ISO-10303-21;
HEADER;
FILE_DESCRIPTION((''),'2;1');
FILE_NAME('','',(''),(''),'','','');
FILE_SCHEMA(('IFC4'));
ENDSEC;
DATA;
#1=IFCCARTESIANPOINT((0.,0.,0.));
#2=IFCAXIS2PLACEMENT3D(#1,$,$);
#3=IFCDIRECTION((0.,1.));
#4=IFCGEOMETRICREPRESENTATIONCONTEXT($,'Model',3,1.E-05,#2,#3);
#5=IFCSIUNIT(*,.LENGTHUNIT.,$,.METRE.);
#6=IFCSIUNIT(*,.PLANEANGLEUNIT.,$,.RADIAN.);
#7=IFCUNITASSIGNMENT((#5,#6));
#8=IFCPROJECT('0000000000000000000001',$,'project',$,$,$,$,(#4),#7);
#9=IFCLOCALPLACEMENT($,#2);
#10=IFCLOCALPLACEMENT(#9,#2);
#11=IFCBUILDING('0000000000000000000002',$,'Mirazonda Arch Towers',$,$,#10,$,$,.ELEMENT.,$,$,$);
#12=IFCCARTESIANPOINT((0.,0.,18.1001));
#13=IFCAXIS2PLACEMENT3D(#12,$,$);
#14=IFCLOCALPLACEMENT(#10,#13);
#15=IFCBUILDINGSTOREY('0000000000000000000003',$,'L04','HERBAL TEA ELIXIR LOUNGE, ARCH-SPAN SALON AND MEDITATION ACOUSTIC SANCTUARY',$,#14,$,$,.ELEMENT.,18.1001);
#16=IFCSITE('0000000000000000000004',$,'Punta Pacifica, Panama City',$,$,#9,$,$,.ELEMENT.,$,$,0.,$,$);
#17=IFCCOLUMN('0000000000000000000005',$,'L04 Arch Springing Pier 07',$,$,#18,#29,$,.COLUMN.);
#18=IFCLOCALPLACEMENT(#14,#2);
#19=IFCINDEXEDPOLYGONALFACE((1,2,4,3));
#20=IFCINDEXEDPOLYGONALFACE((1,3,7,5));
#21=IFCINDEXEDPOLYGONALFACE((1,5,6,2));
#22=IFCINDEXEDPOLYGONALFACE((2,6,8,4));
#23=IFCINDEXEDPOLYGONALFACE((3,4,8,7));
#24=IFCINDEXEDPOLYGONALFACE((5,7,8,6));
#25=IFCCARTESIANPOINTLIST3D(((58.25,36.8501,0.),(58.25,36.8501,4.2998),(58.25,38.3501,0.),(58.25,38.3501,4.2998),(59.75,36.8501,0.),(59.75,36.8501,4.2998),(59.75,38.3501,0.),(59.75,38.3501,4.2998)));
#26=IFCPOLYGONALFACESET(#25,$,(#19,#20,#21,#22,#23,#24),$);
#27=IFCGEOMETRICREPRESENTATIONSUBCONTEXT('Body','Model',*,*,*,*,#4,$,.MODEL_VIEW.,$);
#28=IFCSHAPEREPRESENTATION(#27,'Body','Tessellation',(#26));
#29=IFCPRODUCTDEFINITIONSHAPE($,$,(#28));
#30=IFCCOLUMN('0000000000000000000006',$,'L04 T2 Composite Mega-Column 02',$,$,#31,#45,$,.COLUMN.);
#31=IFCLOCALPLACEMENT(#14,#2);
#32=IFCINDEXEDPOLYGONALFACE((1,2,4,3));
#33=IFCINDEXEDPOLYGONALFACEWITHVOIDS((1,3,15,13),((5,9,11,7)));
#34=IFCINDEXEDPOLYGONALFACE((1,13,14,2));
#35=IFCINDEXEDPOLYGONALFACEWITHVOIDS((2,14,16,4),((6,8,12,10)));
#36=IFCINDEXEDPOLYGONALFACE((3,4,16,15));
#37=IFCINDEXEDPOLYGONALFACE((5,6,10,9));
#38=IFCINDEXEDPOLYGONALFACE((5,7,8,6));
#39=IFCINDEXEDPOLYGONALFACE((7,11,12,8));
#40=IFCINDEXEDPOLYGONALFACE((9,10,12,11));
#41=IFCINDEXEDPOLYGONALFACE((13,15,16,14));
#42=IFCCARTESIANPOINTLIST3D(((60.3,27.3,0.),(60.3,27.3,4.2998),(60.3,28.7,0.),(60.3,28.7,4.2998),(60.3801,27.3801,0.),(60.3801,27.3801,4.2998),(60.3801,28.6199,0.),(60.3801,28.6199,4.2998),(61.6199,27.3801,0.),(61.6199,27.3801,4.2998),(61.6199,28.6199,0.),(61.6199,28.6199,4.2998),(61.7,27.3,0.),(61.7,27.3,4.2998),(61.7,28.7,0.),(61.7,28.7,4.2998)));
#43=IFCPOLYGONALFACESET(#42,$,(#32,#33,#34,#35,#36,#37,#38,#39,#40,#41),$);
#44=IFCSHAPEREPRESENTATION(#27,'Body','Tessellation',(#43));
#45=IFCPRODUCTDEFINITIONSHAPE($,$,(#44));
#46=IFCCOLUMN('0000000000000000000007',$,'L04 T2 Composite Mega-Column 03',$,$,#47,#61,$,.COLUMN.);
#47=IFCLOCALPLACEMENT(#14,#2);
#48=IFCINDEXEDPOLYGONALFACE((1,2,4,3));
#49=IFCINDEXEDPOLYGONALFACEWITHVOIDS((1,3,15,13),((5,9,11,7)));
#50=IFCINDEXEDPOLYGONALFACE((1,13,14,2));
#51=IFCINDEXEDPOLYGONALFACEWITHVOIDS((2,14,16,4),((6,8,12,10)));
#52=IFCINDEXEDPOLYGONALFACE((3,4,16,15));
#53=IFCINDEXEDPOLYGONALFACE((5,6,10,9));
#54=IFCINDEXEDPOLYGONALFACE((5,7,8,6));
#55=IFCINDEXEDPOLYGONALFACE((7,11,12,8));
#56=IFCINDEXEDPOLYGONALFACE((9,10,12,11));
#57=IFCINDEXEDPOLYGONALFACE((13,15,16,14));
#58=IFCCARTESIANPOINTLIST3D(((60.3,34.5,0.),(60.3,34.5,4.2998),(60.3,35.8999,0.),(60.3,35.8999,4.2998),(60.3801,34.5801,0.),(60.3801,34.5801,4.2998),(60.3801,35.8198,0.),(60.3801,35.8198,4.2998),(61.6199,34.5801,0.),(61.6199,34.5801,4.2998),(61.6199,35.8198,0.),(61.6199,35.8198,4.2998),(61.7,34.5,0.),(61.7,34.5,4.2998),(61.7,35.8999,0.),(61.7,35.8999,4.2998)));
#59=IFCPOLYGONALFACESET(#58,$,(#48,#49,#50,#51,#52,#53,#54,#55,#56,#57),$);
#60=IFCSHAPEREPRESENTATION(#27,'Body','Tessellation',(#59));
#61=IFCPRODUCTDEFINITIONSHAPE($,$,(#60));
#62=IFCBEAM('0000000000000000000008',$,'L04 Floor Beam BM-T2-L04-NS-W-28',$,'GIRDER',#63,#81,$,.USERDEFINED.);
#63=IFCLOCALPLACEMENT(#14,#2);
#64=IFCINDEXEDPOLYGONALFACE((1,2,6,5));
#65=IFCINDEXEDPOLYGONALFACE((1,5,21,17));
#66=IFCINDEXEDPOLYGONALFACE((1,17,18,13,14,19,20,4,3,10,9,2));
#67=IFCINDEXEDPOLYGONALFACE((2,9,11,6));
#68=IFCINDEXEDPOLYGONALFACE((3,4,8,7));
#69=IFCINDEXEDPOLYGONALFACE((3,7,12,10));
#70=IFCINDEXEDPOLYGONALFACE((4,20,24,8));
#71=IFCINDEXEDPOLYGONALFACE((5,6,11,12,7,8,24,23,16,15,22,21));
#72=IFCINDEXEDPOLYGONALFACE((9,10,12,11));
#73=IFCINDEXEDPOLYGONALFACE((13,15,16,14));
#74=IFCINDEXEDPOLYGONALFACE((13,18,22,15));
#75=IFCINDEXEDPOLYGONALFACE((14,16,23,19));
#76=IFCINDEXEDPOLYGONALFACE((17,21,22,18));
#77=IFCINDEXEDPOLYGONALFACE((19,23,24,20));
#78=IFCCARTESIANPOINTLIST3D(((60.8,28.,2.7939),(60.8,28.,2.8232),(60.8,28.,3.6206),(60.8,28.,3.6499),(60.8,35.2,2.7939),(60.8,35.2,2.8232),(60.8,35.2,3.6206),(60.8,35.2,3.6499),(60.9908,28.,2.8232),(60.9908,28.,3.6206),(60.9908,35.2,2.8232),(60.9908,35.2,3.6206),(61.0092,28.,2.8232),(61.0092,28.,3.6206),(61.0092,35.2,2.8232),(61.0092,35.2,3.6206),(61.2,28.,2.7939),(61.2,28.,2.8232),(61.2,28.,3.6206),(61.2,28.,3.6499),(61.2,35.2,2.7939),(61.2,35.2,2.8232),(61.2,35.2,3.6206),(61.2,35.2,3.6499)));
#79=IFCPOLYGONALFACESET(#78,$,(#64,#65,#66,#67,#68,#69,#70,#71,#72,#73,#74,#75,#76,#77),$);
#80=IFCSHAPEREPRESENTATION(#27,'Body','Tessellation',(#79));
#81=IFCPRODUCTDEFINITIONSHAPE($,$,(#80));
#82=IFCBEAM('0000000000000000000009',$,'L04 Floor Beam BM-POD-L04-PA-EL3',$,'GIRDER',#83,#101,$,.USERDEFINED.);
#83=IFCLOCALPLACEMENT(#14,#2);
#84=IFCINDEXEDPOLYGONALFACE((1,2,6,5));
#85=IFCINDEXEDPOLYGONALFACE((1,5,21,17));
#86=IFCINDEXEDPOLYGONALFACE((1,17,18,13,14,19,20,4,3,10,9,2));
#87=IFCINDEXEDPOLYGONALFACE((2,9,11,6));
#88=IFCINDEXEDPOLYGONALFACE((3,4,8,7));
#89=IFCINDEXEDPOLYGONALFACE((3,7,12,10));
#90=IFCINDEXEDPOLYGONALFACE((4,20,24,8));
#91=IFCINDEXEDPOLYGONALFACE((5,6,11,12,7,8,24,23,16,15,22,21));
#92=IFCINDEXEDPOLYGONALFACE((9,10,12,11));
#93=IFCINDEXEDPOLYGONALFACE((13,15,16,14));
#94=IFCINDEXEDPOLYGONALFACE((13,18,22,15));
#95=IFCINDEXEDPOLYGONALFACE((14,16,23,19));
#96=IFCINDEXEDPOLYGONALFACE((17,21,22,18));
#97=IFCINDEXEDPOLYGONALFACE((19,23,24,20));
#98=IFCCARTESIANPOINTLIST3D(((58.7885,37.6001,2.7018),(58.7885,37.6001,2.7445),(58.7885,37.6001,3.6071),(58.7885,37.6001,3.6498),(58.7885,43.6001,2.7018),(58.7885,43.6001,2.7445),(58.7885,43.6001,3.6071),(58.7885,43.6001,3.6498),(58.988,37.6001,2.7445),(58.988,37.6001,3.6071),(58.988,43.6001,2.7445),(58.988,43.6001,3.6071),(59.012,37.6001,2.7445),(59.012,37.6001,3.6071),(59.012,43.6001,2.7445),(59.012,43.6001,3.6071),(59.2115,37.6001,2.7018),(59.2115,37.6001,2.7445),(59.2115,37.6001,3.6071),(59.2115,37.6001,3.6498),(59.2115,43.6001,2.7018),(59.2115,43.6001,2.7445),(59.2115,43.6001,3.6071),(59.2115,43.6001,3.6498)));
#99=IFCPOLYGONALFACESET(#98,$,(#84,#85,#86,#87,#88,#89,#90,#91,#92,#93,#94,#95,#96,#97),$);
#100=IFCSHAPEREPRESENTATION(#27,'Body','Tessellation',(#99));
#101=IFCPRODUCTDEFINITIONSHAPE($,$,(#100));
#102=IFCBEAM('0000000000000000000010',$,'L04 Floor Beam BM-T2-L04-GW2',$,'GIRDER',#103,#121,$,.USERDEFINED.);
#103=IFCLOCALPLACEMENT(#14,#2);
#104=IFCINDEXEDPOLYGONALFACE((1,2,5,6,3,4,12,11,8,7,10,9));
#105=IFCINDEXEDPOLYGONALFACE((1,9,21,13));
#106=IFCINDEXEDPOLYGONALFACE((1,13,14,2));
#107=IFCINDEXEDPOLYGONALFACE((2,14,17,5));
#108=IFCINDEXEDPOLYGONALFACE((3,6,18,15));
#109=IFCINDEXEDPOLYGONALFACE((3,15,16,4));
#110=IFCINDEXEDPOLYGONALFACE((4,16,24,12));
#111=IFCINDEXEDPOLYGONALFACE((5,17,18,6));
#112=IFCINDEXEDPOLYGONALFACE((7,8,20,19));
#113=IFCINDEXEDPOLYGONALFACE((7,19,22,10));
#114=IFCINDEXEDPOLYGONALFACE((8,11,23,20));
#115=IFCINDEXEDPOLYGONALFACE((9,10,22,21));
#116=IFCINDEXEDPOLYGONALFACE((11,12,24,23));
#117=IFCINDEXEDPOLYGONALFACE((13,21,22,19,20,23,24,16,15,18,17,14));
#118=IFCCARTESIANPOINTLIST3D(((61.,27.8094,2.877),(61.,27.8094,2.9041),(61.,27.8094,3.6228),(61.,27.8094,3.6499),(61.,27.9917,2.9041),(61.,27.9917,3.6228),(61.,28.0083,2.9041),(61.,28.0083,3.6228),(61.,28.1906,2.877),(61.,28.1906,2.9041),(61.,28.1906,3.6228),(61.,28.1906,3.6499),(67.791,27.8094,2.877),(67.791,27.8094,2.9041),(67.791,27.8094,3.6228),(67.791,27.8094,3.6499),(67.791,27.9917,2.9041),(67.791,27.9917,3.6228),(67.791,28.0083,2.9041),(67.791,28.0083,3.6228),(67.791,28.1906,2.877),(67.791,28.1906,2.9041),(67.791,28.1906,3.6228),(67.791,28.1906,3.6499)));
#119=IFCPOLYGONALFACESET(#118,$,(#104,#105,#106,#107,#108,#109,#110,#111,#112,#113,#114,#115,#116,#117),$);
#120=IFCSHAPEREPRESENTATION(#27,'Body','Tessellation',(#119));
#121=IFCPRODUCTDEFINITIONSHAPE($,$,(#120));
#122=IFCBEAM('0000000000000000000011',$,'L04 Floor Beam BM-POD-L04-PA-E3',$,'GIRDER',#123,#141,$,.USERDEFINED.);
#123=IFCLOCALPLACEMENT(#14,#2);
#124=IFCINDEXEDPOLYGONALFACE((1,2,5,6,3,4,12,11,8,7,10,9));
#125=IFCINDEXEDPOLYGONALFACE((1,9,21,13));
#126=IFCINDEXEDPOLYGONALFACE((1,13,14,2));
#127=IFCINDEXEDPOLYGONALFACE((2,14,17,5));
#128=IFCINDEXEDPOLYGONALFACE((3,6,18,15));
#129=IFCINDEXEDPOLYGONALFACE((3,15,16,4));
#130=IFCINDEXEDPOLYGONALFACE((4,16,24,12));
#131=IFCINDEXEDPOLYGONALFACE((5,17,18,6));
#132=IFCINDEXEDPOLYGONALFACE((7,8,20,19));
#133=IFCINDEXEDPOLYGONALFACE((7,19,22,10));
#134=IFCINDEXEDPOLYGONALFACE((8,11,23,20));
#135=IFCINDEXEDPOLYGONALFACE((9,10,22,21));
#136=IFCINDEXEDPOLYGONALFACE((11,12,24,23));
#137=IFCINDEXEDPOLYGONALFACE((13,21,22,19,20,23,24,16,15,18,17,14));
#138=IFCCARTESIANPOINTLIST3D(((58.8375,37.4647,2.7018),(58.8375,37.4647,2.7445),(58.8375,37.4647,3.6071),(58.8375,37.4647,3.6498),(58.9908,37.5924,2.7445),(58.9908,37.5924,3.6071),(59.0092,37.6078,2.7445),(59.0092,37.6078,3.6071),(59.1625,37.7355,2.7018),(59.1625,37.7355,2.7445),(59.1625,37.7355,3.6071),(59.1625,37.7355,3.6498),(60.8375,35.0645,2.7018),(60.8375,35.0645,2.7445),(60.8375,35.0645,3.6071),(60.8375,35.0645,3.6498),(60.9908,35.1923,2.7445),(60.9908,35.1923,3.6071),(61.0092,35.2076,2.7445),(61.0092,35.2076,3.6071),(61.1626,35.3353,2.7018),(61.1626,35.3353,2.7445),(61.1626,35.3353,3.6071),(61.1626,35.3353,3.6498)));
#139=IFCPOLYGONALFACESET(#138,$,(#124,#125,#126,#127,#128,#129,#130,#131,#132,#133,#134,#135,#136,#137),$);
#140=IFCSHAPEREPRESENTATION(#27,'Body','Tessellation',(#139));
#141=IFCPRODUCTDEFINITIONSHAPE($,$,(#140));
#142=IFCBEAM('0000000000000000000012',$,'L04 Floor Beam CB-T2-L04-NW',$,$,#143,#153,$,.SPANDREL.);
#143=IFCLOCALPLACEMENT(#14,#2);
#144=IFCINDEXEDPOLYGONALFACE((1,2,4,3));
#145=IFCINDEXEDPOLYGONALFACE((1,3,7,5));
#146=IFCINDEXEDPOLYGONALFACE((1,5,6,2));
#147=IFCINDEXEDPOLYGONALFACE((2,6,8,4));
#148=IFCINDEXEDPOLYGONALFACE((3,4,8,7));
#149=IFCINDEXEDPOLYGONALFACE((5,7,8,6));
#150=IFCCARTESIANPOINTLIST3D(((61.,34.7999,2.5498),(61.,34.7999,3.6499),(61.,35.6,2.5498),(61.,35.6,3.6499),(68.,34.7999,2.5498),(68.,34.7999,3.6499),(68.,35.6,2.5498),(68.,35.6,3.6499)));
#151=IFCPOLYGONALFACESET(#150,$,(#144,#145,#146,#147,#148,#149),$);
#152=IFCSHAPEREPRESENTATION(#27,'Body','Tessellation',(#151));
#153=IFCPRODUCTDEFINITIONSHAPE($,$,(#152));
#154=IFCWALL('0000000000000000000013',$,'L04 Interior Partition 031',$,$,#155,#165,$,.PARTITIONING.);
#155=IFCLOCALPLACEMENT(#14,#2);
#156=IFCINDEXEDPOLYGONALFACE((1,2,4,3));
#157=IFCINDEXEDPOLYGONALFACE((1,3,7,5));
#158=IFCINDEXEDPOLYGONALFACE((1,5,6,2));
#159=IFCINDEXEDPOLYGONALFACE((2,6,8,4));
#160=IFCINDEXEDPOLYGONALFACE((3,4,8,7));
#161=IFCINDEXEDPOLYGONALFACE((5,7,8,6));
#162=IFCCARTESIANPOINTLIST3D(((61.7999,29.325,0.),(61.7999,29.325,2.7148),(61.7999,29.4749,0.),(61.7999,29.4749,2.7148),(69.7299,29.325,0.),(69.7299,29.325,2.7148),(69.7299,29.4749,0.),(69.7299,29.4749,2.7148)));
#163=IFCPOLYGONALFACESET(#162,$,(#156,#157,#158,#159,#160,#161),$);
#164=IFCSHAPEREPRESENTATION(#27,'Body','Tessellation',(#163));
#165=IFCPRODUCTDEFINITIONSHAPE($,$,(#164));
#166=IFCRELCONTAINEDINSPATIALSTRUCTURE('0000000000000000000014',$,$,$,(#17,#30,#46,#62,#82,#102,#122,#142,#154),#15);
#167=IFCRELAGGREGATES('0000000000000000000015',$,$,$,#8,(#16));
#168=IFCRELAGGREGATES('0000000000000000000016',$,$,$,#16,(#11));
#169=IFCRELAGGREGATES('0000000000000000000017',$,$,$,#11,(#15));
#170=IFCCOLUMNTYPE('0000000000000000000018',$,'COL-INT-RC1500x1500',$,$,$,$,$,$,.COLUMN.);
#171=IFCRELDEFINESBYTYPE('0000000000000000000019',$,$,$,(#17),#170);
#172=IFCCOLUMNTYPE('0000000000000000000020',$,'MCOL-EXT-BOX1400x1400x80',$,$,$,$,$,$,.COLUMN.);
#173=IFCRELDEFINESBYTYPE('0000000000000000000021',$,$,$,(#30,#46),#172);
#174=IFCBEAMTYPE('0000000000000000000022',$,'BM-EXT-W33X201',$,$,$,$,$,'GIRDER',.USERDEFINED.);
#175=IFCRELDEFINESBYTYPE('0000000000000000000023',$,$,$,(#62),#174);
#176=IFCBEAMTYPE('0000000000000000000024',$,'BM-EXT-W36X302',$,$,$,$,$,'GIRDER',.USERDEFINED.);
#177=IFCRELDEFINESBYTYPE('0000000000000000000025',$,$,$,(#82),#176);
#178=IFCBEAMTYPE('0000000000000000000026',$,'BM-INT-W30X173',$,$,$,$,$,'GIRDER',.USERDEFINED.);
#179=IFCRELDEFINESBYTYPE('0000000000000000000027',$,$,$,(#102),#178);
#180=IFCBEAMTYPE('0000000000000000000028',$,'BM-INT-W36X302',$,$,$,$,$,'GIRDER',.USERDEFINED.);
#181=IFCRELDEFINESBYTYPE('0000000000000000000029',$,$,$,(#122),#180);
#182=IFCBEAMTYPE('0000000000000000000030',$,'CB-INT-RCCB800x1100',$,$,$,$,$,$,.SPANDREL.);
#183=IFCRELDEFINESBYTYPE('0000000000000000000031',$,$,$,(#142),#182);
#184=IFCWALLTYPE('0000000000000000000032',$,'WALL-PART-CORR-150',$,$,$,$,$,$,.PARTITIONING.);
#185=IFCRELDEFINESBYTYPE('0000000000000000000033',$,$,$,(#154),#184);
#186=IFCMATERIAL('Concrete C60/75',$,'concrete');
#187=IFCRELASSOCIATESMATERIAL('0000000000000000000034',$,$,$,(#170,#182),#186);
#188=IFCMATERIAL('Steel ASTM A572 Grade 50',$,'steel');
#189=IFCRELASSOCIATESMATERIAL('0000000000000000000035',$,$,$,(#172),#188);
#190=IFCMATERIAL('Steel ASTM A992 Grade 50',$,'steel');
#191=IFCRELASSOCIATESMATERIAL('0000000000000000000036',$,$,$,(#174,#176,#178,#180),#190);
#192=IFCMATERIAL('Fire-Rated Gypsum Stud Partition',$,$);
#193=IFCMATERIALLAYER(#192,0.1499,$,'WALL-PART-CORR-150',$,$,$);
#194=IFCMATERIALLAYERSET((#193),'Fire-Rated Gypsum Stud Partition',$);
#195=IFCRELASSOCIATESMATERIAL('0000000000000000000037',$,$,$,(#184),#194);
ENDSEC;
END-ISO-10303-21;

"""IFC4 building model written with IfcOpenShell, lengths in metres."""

from ifc_helpers import new_model, si_unit, direction, frame, frame_2d, origin, origin_2d, place, context, subcontext, project, spatial, rectangle, hollow_rectangle, i_section, extrude, material, layer, layer_set, material_profile, profile_set, type_object, element, save


model = new_model("IFC4")

# Units and contexts
model_context = context("Model", 3, precision=1e-05, world=origin(), true_north=direction((0.0, 1.0)))
body_context = subcontext(model_context, "Body", "Model", "MODEL_VIEW")
ifc_project = project(units=[si_unit("LENGTHUNIT", "METRE"), si_unit("PLANEANGLEUNIT", "RADIAN")], contexts=[model_context])

# Site, building, storey
site_placement = place(None, origin())
site = spatial("IfcSite", under=ifc_project, at=site_placement, Name="Punta Pacifica, Panama City", CompositionType="ELEMENT", RefElevation=0.0)
building_placement = place(site_placement, origin())
building = spatial("IfcBuilding", under=site, at=building_placement, Name="Mirazonda Arch Towers", CompositionType="ELEMENT")
storey_placement = place(building_placement, frame((0.0, 0.0, 18.1001)))
storey = spatial("IfcBuildingStorey", under=building, at=storey_placement, Name="L04", Description="HERBAL TEA ELIXIR LOUNGE, ARCH-SPAN SALON AND MEDITATION ACOUSTIC SANCTUARY", CompositionType="ELEMENT", Elevation=18.1001)

# Columns
ifc_material_1 = material(Name="Concrete C60/75", Category="concrete")
ifc_material_profile_1 = material_profile(ifc_material_1, rectangle(XDim=1.5, YDim=1.5, at=origin_2d()), Name="RC1500x1500")
ifc_profile_set_1 = profile_set([ifc_material_profile_1], Name="Concrete C60/75")
column_type_1 = type_object("IfcColumnType", Name="COL-INT-RC1500x1500", PredefinedType="COLUMN", material=ifc_profile_set_1)
column_placement = place(storey_placement, frame((59.0, 37.6001, 0.0), z_axis=(0.0, 0.0, 1.0), x_axis=(1.0, 0.0, 0.0)))
element("IfcColumn", 1, at=column_placement, inside=storey, type_object=column_type_1, Name="L04 Arch Springing Pier 07", PredefinedType="COLUMN", context=body_context, shape_type="SweptSolid", body=[
    extrude(rectangle(XDim=1.5, YDim=1.5, at=origin_2d()), origin(), (0.0, 0.0, 1.0), 4.2998),
])
ifc_material_2 = material(Name="Steel ASTM A572 Grade 50", Category="steel")
ifc_material_profile_2 = material_profile(ifc_material_2, hollow_rectangle(XDim=1.3999, YDim=1.3999, WallThickness=0.0801, at=origin_2d()), Name="BOX1400x1400x80")
ifc_profile_set_2 = profile_set([ifc_material_profile_2], Name="Steel ASTM A572 Grade 50")
column_type_2 = type_object("IfcColumnType", Name="MCOL-EXT-BOX1400x1400x80", PredefinedType="COLUMN", material=ifc_profile_set_2)
for number, where, z_axis, x_axis, name in (
    (2, (61.0, 28.0, 0.0), (0.0, 0.0, 1.0), (1.0, 0.0, 0.0), "L04 T2 Composite Mega-Column 02"),
    (3, (61.0, 35.2, 0.0), (0.0, 0.0, 1.0), (1.0, 0.0, 0.0), "L04 T2 Composite Mega-Column 03"),
):
    element("IfcColumn", number, at=place(storey_placement, frame(where, z_axis=z_axis, x_axis=x_axis)), inside=storey, type_object=column_type_2, Name=name, PredefinedType="COLUMN", context=body_context, shape_type="SweptSolid", body=[
        extrude(hollow_rectangle(XDim=1.3999, YDim=1.3999, WallThickness=0.0801, at=origin_2d()), origin(), (0.0, 0.0, 1.0), 4.2998),
    ])

# Beams
ifc_material_3 = material(Name="Steel ASTM A992 Grade 50", Category="steel")
ifc_material_profile_3 = material_profile(ifc_material_3, i_section(OverallWidth=0.3999, OverallDepth=0.856, WebThickness=0.0183, FlangeThickness=0.0293, at=origin_2d()), Name="W33X201")
ifc_profile_set_3 = profile_set([ifc_material_profile_3], Name="Steel ASTM A992 Grade 50")
beam_type_1 = type_object("IfcBeamType", Name="BM-EXT-W33X201", ElementType="GIRDER", PredefinedType="USERDEFINED", material=ifc_profile_set_3)
beam_1_placement = place(storey_placement, frame((61.0, 28.0, 3.2219), z_axis=(0.0, 1.0, 0.0), x_axis=(-1.0, 0.0, 0.0)))
element("IfcBeam", 4, at=beam_1_placement, inside=storey, type_object=beam_type_1, Name="L04 Floor Beam BM-T2-L04-NS-W-28", ObjectType="GIRDER", PredefinedType="USERDEFINED", context=body_context, shape_type="SweptSolid", body=[
    extrude(i_section(OverallWidth=0.3999, OverallDepth=0.856, WebThickness=0.0183, FlangeThickness=0.0293, at=origin_2d()), origin(), (0.0, 0.0, 1.0), 7.2),
])
ifc_material_profile_4 = material_profile(ifc_material_3, i_section(OverallWidth=0.4231, OverallDepth=0.948, WebThickness=0.0239, FlangeThickness=0.0427, at=origin_2d()), Name="W36X302")
ifc_profile_set_4 = profile_set([ifc_material_profile_4], Name="Steel ASTM A992 Grade 50")
beam_type_2 = type_object("IfcBeamType", Name="BM-EXT-W36X302", ElementType="GIRDER", PredefinedType="USERDEFINED", material=ifc_profile_set_4)
beam_2_placement = place(storey_placement, frame((59.0, 37.6001, 3.1758), z_axis=(0.0, 1.0, 0.0), x_axis=(-1.0, 0.0, 0.0)))
element("IfcBeam", 5, at=beam_2_placement, inside=storey, type_object=beam_type_2, Name="L04 Floor Beam BM-POD-L04-PA-EL3", ObjectType="GIRDER", PredefinedType="USERDEFINED", context=body_context, shape_type="SweptSolid", body=[
    extrude(i_section(OverallWidth=0.4231, OverallDepth=0.948, WebThickness=0.0239, FlangeThickness=0.0427, at=origin_2d()), origin(), (0.0, 0.0, 1.0), 6.0),
])
ifc_material_profile_5 = material_profile(ifc_material_3, i_section(OverallWidth=0.3811, OverallDepth=0.7729, WebThickness=0.0166, FlangeThickness=0.0271, at=origin_2d()), Name="W30X173")
ifc_profile_set_5 = profile_set([ifc_material_profile_5], Name="Steel ASTM A992 Grade 50")
beam_type_3 = type_object("IfcBeamType", Name="BM-INT-W30X173", ElementType="GIRDER", PredefinedType="USERDEFINED", material=ifc_profile_set_5)
beam_3_placement = place(storey_placement, frame((61.0, 28.0, 3.2634), z_axis=(1.0, 0.0, 0.0), x_axis=(0.0, 1.0, 0.0)))
element("IfcBeam", 6, at=beam_3_placement, inside=storey, type_object=beam_type_3, Name="L04 Floor Beam BM-T2-L04-GW2", ObjectType="GIRDER", PredefinedType="USERDEFINED", context=body_context, shape_type="SweptSolid", body=[
    extrude(i_section(OverallWidth=0.3811, OverallDepth=0.7729, WebThickness=0.0166, FlangeThickness=0.0271, at=origin_2d()), origin(), (0.0, 0.0, 1.0), 6.791),
])
ifc_material_profile_6 = material_profile(ifc_material_3, i_section(OverallWidth=0.4231, OverallDepth=0.948, WebThickness=0.0239, FlangeThickness=0.0427, at=origin_2d()), Name="W36X302")
ifc_profile_set_6 = profile_set([ifc_material_profile_6], Name="Steel ASTM A992 Grade 50")
beam_type_4 = type_object("IfcBeamType", Name="BM-INT-W36X302", ElementType="GIRDER", PredefinedType="USERDEFINED", material=ifc_profile_set_6)
beam_4_placement = place(storey_placement, frame((59.0, 37.6001, 3.1758), z_axis=(0.640161, -0.76824, 0.0), x_axis=(0.76824, 0.640161, 0.0)))
element("IfcBeam", 7, at=beam_4_placement, inside=storey, type_object=beam_type_4, Name="L04 Floor Beam BM-POD-L04-PA-E3", ObjectType="GIRDER", PredefinedType="USERDEFINED", context=body_context, shape_type="SweptSolid", body=[
    extrude(i_section(OverallWidth=0.4231, OverallDepth=0.948, WebThickness=0.0239, FlangeThickness=0.0427, at=origin_2d()), origin(), (0.0, 0.0, 1.0), 3.1243),
])
ifc_material_profile_7 = material_profile(ifc_material_1, rectangle(XDim=0.8, YDim=1.1001, at=origin_2d()), Name="RCCB800x1100")
ifc_profile_set_7 = profile_set([ifc_material_profile_7], Name="Concrete C60/75")
beam_type_5 = type_object("IfcBeamType", Name="CB-INT-RCCB800x1100", PredefinedType="SPANDREL", material=ifc_profile_set_7)
beam_5_placement = place(storey_placement, frame((61.0, 35.2, 3.0999), z_axis=(1.0, 0.0, 0.0), x_axis=(0.0, 1.0, 0.0)))
element("IfcBeam", 8, at=beam_5_placement, inside=storey, type_object=beam_type_5, Name="L04 Floor Beam CB-T2-L04-NW", PredefinedType="SPANDREL", context=body_context, shape_type="SweptSolid", body=[
    extrude(rectangle(XDim=0.8, YDim=1.1001, at=origin_2d()), origin(), (0.0, 0.0, 1.0), 7.0),
])

# Wall
ifc_material_4 = material(Name="Fire-Rated Gypsum Stud Partition")
ifc_layer = layer(ifc_material_4, 0.1499, Name="WALL-PART-CORR-150")
ifc_layer_set = layer_set([ifc_layer], Name="Fire-Rated Gypsum Stud Partition")
wall_type = type_object("IfcWallType", Name="WALL-PART-CORR-150", PredefinedType="PARTITIONING", material=ifc_layer_set)
wall_1_placement = place(storey_placement, frame((61.8, 29.3999, 0.0), z_axis=(0.0, 0.0, 1.0), x_axis=(1.0, 0.0, 0.0)))
element("IfcWall", 9, at=wall_1_placement, inside=storey, type_object=wall_type, Name="L04 Interior Partition 031", PredefinedType="PARTITIONING", context=body_context, shape_type="SweptSolid", body=[
    extrude(rectangle(XDim=7.9299, YDim=0.1499, at=frame_2d((3.9648, 0.0))), origin(), (0.0, 0.0, 1.0), 2.7148),
])

save(model, "model.ifc")
